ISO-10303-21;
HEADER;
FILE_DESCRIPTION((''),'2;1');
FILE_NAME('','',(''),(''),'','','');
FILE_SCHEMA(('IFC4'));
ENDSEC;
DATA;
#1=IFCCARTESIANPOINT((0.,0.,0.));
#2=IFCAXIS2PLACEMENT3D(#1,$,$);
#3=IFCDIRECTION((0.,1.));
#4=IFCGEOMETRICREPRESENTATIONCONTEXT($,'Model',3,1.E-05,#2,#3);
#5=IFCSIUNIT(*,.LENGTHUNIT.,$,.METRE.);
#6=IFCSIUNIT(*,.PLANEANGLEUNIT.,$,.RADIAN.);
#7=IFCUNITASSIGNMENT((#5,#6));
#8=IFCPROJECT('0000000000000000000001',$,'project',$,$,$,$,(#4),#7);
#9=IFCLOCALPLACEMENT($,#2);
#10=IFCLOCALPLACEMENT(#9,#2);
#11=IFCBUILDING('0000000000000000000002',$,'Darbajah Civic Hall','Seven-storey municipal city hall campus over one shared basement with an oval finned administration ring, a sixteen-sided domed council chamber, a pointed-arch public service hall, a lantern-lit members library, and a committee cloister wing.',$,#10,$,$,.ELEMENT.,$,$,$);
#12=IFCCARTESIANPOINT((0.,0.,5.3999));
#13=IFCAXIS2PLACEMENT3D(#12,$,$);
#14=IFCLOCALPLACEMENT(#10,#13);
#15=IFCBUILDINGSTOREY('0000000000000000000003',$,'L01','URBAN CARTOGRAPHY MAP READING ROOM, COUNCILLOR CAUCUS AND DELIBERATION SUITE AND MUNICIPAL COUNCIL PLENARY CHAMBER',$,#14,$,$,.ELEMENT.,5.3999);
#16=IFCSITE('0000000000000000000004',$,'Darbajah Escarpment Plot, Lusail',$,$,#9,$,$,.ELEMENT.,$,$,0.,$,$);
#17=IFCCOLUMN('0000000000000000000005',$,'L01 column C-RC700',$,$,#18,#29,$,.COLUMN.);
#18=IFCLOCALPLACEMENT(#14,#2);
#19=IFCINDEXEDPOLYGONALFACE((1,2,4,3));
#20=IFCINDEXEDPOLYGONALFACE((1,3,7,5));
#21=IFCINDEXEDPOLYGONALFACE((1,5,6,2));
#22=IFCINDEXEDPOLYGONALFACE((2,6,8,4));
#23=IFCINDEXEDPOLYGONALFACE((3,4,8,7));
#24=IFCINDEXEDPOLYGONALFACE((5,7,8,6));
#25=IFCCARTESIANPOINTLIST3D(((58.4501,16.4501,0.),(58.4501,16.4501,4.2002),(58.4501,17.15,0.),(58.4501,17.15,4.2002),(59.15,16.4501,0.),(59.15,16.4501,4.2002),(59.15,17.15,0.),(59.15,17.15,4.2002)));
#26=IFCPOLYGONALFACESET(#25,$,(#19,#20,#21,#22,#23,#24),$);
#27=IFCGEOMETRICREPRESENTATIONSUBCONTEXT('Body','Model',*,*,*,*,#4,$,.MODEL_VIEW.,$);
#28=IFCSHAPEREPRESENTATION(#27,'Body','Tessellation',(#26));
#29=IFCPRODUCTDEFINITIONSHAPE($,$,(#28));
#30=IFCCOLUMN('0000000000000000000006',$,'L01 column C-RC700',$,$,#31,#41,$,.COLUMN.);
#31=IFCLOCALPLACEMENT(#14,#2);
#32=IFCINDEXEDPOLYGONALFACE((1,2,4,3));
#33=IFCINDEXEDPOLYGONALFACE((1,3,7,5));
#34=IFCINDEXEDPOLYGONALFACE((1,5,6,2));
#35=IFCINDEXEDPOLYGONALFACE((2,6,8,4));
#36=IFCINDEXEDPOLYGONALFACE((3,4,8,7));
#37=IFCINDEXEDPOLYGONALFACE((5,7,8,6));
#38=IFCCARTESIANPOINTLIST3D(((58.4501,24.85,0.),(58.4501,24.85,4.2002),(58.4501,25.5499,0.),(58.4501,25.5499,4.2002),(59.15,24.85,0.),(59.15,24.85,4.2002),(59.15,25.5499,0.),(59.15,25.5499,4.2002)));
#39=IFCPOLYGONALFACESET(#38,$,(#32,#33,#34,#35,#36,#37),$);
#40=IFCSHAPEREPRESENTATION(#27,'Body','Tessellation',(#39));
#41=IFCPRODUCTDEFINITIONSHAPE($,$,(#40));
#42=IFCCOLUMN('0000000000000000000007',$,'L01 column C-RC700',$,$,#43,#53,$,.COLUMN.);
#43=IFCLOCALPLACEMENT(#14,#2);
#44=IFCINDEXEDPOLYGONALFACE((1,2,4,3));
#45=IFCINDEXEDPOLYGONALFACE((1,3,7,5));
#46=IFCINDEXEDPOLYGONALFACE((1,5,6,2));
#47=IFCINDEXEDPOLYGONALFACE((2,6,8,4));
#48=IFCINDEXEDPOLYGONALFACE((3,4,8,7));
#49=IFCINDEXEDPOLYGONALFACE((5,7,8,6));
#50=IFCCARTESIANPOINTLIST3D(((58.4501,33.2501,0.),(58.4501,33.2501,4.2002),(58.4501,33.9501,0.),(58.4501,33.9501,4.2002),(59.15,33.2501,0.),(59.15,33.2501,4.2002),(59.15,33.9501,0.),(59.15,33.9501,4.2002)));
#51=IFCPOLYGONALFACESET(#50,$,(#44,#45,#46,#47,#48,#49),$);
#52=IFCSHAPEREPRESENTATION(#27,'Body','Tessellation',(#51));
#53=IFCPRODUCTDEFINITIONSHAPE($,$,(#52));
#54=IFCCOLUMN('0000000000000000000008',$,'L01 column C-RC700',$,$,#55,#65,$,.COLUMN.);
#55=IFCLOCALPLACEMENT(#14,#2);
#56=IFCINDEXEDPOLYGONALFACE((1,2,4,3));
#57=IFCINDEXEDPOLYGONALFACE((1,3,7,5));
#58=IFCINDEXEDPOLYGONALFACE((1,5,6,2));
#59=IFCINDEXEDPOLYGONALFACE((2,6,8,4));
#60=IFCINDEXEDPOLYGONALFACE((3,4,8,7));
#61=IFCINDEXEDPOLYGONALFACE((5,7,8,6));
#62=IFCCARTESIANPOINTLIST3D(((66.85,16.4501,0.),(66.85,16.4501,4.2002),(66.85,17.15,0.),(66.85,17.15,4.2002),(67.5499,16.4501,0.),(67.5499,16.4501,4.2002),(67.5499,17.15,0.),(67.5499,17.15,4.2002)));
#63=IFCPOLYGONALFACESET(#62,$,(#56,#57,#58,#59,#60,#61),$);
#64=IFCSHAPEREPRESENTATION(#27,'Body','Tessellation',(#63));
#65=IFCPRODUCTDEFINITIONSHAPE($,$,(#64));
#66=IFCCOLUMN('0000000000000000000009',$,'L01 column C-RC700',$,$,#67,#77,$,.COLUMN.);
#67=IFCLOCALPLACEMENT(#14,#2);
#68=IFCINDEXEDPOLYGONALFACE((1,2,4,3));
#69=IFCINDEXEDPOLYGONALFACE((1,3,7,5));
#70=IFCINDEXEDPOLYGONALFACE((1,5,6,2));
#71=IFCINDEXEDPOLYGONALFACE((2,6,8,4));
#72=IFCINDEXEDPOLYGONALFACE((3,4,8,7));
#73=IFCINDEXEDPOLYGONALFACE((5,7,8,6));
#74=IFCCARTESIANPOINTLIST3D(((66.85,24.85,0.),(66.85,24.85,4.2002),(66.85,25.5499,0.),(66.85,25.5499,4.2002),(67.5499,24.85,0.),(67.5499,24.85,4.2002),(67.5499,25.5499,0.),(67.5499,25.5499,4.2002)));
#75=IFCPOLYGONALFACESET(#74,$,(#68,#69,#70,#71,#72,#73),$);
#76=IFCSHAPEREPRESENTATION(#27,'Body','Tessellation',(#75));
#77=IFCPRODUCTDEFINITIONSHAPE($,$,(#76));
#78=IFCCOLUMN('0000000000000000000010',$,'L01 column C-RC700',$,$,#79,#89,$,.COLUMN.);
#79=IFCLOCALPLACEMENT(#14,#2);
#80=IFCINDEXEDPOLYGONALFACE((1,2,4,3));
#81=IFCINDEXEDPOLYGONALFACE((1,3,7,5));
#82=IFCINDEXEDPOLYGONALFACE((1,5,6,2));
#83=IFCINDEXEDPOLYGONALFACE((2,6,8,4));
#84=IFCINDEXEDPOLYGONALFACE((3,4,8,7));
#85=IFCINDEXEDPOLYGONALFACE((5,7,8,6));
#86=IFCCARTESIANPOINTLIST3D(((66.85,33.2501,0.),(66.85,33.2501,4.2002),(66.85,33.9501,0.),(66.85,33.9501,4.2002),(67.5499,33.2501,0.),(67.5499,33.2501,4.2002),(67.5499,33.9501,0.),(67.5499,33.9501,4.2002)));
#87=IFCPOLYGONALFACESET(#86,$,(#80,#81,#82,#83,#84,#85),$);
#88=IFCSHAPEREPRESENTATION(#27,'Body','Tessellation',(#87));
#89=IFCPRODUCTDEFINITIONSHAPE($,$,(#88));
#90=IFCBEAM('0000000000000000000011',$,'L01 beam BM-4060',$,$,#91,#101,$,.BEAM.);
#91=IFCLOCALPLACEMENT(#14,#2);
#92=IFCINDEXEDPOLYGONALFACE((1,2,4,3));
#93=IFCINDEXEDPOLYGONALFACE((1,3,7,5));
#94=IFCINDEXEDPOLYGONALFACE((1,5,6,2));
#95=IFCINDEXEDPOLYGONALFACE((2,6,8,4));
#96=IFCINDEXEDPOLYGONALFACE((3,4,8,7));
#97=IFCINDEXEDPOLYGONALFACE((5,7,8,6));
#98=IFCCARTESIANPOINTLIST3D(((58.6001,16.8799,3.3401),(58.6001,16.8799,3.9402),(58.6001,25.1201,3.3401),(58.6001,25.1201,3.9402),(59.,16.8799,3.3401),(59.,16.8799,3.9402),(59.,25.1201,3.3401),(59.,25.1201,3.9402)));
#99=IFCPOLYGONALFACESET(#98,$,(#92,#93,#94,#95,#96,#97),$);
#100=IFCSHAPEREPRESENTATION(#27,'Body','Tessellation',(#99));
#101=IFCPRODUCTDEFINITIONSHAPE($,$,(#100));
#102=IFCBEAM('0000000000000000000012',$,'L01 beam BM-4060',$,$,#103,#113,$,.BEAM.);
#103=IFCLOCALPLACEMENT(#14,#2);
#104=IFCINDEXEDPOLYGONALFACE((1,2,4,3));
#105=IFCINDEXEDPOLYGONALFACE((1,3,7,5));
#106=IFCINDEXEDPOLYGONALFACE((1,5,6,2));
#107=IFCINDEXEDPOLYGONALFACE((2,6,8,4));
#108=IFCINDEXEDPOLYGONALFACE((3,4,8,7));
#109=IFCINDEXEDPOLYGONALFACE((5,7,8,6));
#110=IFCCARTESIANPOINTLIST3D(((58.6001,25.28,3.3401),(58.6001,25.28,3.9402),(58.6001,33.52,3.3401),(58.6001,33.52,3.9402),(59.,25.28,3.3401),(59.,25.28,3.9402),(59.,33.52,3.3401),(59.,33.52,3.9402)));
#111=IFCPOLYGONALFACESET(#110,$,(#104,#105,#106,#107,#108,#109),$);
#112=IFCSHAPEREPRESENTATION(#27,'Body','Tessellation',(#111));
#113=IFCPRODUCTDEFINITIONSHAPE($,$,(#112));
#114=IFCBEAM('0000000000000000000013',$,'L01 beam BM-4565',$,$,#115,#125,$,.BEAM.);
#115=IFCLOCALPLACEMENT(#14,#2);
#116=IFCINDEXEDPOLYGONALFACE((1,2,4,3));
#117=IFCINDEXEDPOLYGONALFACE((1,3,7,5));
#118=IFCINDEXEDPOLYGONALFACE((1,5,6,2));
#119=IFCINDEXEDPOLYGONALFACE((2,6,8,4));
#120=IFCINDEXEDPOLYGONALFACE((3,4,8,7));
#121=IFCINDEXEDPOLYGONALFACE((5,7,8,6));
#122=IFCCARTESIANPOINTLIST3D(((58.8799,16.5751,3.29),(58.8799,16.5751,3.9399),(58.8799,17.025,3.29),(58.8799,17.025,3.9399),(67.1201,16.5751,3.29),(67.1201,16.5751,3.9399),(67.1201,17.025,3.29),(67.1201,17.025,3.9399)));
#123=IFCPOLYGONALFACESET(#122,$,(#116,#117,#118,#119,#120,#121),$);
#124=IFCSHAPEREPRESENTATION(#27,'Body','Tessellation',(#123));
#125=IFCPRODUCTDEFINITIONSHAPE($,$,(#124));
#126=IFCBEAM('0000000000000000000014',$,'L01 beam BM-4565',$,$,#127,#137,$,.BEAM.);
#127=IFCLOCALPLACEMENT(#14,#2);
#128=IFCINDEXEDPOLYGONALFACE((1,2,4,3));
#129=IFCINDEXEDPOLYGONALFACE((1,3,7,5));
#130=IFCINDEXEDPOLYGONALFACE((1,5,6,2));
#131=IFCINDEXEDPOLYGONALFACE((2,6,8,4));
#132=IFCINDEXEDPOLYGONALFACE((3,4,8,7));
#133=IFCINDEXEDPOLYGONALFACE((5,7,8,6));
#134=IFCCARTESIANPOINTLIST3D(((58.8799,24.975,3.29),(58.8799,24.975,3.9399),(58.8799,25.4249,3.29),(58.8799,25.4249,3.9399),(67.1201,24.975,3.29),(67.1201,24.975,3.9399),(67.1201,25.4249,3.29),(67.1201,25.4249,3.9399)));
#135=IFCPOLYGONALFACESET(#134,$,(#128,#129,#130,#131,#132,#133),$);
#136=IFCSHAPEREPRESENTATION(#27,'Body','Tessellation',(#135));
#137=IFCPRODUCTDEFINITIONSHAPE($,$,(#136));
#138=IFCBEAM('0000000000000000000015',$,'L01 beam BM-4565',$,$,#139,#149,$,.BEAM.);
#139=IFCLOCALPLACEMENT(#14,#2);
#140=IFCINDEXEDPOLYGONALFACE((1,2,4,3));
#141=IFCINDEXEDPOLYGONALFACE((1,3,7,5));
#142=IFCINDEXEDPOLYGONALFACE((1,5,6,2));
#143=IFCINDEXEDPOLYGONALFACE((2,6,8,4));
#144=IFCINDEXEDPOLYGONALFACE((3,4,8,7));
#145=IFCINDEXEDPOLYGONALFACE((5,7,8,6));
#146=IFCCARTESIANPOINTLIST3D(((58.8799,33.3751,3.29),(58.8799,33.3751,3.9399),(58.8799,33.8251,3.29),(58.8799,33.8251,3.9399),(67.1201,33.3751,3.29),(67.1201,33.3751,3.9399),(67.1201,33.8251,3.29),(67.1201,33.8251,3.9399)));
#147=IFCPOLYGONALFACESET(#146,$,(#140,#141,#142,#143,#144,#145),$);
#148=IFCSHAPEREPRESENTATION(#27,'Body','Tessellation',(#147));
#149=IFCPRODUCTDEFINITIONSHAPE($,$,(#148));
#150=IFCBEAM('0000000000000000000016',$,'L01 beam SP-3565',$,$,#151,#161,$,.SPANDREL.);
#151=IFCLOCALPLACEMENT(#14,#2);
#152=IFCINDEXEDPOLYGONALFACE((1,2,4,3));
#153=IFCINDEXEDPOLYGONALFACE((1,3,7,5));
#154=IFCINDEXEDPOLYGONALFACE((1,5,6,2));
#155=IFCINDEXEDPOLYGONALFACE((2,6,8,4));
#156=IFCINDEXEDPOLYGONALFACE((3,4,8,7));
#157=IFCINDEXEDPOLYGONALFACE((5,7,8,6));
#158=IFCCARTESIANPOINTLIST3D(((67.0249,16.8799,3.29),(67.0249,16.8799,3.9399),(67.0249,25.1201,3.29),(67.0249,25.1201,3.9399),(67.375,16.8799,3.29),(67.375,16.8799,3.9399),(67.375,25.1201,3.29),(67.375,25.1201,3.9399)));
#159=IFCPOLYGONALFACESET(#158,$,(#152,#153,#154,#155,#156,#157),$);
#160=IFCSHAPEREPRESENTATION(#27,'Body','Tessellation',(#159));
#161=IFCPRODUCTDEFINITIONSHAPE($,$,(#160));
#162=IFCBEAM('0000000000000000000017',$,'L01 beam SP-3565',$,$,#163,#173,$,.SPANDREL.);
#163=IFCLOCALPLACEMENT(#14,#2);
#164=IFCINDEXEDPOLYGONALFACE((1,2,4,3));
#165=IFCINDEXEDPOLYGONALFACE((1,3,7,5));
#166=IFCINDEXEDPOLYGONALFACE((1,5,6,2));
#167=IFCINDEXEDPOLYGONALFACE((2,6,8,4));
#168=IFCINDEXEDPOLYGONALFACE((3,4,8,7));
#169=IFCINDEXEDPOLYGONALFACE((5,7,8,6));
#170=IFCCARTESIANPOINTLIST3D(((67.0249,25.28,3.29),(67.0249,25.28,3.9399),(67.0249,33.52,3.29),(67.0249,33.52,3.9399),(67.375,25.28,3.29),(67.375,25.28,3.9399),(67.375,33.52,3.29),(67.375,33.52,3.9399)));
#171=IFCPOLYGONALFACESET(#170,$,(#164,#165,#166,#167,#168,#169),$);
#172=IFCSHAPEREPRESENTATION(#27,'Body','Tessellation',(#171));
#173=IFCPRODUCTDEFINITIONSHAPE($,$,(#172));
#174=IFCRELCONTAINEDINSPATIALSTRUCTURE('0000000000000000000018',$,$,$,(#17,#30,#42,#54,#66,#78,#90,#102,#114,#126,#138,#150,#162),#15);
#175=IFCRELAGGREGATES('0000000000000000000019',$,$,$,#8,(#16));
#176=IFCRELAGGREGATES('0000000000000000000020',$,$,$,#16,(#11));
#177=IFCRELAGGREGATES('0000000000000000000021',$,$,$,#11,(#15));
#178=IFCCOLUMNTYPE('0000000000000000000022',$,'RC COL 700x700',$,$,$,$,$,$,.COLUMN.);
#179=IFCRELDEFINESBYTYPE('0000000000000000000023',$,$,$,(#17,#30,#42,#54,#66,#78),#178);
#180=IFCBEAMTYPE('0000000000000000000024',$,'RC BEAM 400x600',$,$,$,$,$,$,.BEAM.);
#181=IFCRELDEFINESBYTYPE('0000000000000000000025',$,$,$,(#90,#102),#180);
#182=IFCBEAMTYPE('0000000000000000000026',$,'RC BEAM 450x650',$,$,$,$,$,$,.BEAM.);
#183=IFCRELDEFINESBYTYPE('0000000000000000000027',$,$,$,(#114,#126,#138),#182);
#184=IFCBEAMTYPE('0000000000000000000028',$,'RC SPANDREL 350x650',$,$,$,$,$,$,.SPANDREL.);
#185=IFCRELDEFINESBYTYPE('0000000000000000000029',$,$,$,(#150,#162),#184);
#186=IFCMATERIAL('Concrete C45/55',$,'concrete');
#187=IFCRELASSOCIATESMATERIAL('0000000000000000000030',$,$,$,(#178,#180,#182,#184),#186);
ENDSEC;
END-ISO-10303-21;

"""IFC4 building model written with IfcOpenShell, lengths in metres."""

from ifc_helpers import new_model, si_unit, direction, frame, origin, origin_2d, place, context, subcontext, project, spatial, rectangle, extrude, material, material_profile, profile_set, type_object, element, save


model = new_model("IFC4")

# Units and contexts
model_context = context("Model", 3, precision=1e-05, world=origin(), true_north=direction((0.0, 1.0)))
body_context = subcontext(model_context, "Body", "Model", "MODEL_VIEW")
ifc_project = project(units=[si_unit("LENGTHUNIT", "METRE"), si_unit("PLANEANGLEUNIT", "RADIAN")], contexts=[model_context])

# Site, building, storey
site_placement = place(None, origin())
site = spatial("IfcSite", under=ifc_project, at=site_placement, Name="Darbajah Escarpment Plot, Lusail", CompositionType="ELEMENT", RefElevation=0.0)
building_placement = place(site_placement, origin())
building = spatial("IfcBuilding", under=site, at=building_placement, Name="Darbajah Civic Hall", Description="Seven-storey municipal city hall campus over one shared basement with an oval finned administration ring, a sixteen-sided domed council chamber, a pointed-arch public service hall, a lantern-lit members library, and a committee cloister wing.", CompositionType="ELEMENT")
storey_placement = place(building_placement, frame((0.0, 0.0, 5.3999)))
storey = spatial("IfcBuildingStorey", under=building, at=storey_placement, Name="L01", Description="URBAN CARTOGRAPHY MAP READING ROOM, COUNCILLOR CAUCUS AND DELIBERATION SUITE AND MUNICIPAL COUNCIL PLENARY CHAMBER", CompositionType="ELEMENT", Elevation=5.3999)

# Columns
ifc_material_1 = material(Name="Concrete C45/55", Category="concrete")
ifc_material_profile_1 = material_profile(ifc_material_1, rectangle(XDim=0.7, YDim=0.7, at=origin_2d()), Name="RC COL 700x700")
ifc_profile_set_1 = profile_set([ifc_material_profile_1], Name="Concrete C45/55")
column_type = type_object("IfcColumnType", Name="RC COL 700x700", PredefinedType="COLUMN", material=ifc_profile_set_1)
for number, where, z_axis, x_axis, name in (
    (1, (58.8, 16.8, 0.0), (0.0, 0.0, 1.0), (1.0, 0.0, 0.0), "L01 column C-RC700"),
    (2, (58.8, 25.2, 0.0), (0.0, 0.0, 1.0), (1.0, 0.0, 0.0), "L01 column C-RC700"),
    (3, (58.8, 33.6001, 0.0), (0.0, 0.0, 1.0), (1.0, 0.0, 0.0), "L01 column C-RC700"),
    (4, (67.2, 16.8, 0.0), (0.0, 0.0, 1.0), (1.0, 0.0, 0.0), "L01 column C-RC700"),
    (5, (67.2, 25.2, 0.0), (0.0, 0.0, 1.0), (1.0, 0.0, 0.0), "L01 column C-RC700"),
    (6, (67.2, 33.6001, 0.0), (0.0, 0.0, 1.0), (1.0, 0.0, 0.0), "L01 column C-RC700"),
):
    element("IfcColumn", number, at=place(storey_placement, frame(where, z_axis=z_axis, x_axis=x_axis)), inside=storey, type_object=column_type, Name=name, PredefinedType="COLUMN", context=body_context, shape_type="SweptSolid", body=[
        extrude(rectangle(XDim=0.7, YDim=0.7, at=origin_2d()), origin(), (0.0, 0.0, 1.0), 4.2002),
    ])

# Beams
ifc_material_profile_2 = material_profile(ifc_material_1, rectangle(XDim=0.3999, YDim=0.6001, at=origin_2d()), Name="RC BEAM 400x600")
ifc_profile_set_2 = profile_set([ifc_material_profile_2], Name="Concrete C45/55")
beam_type_1 = type_object("IfcBeamType", Name="RC BEAM 400x600", PredefinedType="BEAM", material=ifc_profile_set_2)
beam_1_placement = place(storey_placement, frame((58.8, 16.8799, 3.6401), z_axis=(0.0, 1.0, 0.0), x_axis=(-1.0, 0.0, 0.0)))
element("IfcBeam", 7, at=beam_1_placement, inside=storey, type_object=beam_type_1, Name="L01 beam BM-4060", PredefinedType="BEAM", context=body_context, shape_type="SweptSolid", body=[
    extrude(rectangle(XDim=0.3999, YDim=0.6001, at=origin_2d()), origin(), (0.0, 0.0, 1.0), 8.2402),
])
beam_2_placement = place(storey_placement, frame((58.8, 25.28, 3.6401), z_axis=(0.0, 1.0, 0.0), x_axis=(-1.0, 0.0, 0.0)))
element("IfcBeam", 8, at=beam_2_placement, inside=storey, type_object=beam_type_1, Name="L01 beam BM-4060", PredefinedType="BEAM", context=body_context, shape_type="SweptSolid", body=[
    extrude(rectangle(XDim=0.3999, YDim=0.6001, at=origin_2d()), origin(), (0.0, 0.0, 1.0), 8.24),
])
ifc_material_profile_3 = material_profile(ifc_material_1, rectangle(XDim=0.45, YDim=0.6499, at=origin_2d()), Name="RC BEAM 450x650")
ifc_profile_set_3 = profile_set([ifc_material_profile_3], Name="Concrete C45/55")
beam_type_2 = type_object("IfcBeamType", Name="RC BEAM 450x650", PredefinedType="BEAM", material=ifc_profile_set_3)
for number, where, z_axis, x_axis, name in (
    (9, (58.8799, 16.8, 3.615), (1.0, 0.0, 0.0), (0.0, 1.0, 0.0), "L01 beam BM-4565"),
    (10, (58.8799, 25.2, 3.615), (1.0, 0.0, 0.0), (0.0, 1.0, 0.0), "L01 beam BM-4565"),
    (11, (58.8799, 33.6001, 3.615), (1.0, 0.0, 0.0), (0.0, 1.0, 0.0), "L01 beam BM-4565"),
):
    element("IfcBeam", number, at=place(storey_placement, frame(where, z_axis=z_axis, x_axis=x_axis)), inside=storey, type_object=beam_type_2, Name=name, PredefinedType="BEAM", context=body_context, shape_type="SweptSolid", body=[
        extrude(rectangle(XDim=0.45, YDim=0.6499, at=origin_2d()), origin(), (0.0, 0.0, 1.0), 8.2402),
    ])
ifc_material_profile_4 = material_profile(ifc_material_1, rectangle(XDim=0.3501, YDim=0.6499, at=origin_2d()), Name="RC SPANDREL 350x650")
ifc_profile_set_4 = profile_set([ifc_material_profile_4], Name="Concrete C45/55")
beam_type_3 = type_object("IfcBeamType", Name="RC SPANDREL 350x650", PredefinedType="SPANDREL", material=ifc_profile_set_4)
beam_3_placement = place(storey_placement, frame((67.2, 16.8799, 3.615), z_axis=(0.0, 1.0, 0.0), x_axis=(-1.0, 0.0, 0.0)))
element("IfcBeam", 12, at=beam_3_placement, inside=storey, type_object=beam_type_3, Name="L01 beam SP-3565", PredefinedType="SPANDREL", context=body_context, shape_type="SweptSolid", body=[
    extrude(rectangle(XDim=0.3501, YDim=0.6499, at=origin_2d()), origin(), (0.0, 0.0, 1.0), 8.2402),
])
beam_4_placement = place(storey_placement, frame((67.2, 25.28, 3.615), z_axis=(0.0, 1.0, 0.0), x_axis=(-1.0, 0.0, 0.0)))
element("IfcBeam", 13, at=beam_4_placement, inside=storey, type_object=beam_type_3, Name="L01 beam SP-3565", PredefinedType="SPANDREL", context=body_context, shape_type="SweptSolid", body=[
    extrude(rectangle(XDim=0.3501, YDim=0.6499, at=origin_2d()), origin(), (0.0, 0.0, 1.0), 8.24),
])

save(model, "model.ifc")
